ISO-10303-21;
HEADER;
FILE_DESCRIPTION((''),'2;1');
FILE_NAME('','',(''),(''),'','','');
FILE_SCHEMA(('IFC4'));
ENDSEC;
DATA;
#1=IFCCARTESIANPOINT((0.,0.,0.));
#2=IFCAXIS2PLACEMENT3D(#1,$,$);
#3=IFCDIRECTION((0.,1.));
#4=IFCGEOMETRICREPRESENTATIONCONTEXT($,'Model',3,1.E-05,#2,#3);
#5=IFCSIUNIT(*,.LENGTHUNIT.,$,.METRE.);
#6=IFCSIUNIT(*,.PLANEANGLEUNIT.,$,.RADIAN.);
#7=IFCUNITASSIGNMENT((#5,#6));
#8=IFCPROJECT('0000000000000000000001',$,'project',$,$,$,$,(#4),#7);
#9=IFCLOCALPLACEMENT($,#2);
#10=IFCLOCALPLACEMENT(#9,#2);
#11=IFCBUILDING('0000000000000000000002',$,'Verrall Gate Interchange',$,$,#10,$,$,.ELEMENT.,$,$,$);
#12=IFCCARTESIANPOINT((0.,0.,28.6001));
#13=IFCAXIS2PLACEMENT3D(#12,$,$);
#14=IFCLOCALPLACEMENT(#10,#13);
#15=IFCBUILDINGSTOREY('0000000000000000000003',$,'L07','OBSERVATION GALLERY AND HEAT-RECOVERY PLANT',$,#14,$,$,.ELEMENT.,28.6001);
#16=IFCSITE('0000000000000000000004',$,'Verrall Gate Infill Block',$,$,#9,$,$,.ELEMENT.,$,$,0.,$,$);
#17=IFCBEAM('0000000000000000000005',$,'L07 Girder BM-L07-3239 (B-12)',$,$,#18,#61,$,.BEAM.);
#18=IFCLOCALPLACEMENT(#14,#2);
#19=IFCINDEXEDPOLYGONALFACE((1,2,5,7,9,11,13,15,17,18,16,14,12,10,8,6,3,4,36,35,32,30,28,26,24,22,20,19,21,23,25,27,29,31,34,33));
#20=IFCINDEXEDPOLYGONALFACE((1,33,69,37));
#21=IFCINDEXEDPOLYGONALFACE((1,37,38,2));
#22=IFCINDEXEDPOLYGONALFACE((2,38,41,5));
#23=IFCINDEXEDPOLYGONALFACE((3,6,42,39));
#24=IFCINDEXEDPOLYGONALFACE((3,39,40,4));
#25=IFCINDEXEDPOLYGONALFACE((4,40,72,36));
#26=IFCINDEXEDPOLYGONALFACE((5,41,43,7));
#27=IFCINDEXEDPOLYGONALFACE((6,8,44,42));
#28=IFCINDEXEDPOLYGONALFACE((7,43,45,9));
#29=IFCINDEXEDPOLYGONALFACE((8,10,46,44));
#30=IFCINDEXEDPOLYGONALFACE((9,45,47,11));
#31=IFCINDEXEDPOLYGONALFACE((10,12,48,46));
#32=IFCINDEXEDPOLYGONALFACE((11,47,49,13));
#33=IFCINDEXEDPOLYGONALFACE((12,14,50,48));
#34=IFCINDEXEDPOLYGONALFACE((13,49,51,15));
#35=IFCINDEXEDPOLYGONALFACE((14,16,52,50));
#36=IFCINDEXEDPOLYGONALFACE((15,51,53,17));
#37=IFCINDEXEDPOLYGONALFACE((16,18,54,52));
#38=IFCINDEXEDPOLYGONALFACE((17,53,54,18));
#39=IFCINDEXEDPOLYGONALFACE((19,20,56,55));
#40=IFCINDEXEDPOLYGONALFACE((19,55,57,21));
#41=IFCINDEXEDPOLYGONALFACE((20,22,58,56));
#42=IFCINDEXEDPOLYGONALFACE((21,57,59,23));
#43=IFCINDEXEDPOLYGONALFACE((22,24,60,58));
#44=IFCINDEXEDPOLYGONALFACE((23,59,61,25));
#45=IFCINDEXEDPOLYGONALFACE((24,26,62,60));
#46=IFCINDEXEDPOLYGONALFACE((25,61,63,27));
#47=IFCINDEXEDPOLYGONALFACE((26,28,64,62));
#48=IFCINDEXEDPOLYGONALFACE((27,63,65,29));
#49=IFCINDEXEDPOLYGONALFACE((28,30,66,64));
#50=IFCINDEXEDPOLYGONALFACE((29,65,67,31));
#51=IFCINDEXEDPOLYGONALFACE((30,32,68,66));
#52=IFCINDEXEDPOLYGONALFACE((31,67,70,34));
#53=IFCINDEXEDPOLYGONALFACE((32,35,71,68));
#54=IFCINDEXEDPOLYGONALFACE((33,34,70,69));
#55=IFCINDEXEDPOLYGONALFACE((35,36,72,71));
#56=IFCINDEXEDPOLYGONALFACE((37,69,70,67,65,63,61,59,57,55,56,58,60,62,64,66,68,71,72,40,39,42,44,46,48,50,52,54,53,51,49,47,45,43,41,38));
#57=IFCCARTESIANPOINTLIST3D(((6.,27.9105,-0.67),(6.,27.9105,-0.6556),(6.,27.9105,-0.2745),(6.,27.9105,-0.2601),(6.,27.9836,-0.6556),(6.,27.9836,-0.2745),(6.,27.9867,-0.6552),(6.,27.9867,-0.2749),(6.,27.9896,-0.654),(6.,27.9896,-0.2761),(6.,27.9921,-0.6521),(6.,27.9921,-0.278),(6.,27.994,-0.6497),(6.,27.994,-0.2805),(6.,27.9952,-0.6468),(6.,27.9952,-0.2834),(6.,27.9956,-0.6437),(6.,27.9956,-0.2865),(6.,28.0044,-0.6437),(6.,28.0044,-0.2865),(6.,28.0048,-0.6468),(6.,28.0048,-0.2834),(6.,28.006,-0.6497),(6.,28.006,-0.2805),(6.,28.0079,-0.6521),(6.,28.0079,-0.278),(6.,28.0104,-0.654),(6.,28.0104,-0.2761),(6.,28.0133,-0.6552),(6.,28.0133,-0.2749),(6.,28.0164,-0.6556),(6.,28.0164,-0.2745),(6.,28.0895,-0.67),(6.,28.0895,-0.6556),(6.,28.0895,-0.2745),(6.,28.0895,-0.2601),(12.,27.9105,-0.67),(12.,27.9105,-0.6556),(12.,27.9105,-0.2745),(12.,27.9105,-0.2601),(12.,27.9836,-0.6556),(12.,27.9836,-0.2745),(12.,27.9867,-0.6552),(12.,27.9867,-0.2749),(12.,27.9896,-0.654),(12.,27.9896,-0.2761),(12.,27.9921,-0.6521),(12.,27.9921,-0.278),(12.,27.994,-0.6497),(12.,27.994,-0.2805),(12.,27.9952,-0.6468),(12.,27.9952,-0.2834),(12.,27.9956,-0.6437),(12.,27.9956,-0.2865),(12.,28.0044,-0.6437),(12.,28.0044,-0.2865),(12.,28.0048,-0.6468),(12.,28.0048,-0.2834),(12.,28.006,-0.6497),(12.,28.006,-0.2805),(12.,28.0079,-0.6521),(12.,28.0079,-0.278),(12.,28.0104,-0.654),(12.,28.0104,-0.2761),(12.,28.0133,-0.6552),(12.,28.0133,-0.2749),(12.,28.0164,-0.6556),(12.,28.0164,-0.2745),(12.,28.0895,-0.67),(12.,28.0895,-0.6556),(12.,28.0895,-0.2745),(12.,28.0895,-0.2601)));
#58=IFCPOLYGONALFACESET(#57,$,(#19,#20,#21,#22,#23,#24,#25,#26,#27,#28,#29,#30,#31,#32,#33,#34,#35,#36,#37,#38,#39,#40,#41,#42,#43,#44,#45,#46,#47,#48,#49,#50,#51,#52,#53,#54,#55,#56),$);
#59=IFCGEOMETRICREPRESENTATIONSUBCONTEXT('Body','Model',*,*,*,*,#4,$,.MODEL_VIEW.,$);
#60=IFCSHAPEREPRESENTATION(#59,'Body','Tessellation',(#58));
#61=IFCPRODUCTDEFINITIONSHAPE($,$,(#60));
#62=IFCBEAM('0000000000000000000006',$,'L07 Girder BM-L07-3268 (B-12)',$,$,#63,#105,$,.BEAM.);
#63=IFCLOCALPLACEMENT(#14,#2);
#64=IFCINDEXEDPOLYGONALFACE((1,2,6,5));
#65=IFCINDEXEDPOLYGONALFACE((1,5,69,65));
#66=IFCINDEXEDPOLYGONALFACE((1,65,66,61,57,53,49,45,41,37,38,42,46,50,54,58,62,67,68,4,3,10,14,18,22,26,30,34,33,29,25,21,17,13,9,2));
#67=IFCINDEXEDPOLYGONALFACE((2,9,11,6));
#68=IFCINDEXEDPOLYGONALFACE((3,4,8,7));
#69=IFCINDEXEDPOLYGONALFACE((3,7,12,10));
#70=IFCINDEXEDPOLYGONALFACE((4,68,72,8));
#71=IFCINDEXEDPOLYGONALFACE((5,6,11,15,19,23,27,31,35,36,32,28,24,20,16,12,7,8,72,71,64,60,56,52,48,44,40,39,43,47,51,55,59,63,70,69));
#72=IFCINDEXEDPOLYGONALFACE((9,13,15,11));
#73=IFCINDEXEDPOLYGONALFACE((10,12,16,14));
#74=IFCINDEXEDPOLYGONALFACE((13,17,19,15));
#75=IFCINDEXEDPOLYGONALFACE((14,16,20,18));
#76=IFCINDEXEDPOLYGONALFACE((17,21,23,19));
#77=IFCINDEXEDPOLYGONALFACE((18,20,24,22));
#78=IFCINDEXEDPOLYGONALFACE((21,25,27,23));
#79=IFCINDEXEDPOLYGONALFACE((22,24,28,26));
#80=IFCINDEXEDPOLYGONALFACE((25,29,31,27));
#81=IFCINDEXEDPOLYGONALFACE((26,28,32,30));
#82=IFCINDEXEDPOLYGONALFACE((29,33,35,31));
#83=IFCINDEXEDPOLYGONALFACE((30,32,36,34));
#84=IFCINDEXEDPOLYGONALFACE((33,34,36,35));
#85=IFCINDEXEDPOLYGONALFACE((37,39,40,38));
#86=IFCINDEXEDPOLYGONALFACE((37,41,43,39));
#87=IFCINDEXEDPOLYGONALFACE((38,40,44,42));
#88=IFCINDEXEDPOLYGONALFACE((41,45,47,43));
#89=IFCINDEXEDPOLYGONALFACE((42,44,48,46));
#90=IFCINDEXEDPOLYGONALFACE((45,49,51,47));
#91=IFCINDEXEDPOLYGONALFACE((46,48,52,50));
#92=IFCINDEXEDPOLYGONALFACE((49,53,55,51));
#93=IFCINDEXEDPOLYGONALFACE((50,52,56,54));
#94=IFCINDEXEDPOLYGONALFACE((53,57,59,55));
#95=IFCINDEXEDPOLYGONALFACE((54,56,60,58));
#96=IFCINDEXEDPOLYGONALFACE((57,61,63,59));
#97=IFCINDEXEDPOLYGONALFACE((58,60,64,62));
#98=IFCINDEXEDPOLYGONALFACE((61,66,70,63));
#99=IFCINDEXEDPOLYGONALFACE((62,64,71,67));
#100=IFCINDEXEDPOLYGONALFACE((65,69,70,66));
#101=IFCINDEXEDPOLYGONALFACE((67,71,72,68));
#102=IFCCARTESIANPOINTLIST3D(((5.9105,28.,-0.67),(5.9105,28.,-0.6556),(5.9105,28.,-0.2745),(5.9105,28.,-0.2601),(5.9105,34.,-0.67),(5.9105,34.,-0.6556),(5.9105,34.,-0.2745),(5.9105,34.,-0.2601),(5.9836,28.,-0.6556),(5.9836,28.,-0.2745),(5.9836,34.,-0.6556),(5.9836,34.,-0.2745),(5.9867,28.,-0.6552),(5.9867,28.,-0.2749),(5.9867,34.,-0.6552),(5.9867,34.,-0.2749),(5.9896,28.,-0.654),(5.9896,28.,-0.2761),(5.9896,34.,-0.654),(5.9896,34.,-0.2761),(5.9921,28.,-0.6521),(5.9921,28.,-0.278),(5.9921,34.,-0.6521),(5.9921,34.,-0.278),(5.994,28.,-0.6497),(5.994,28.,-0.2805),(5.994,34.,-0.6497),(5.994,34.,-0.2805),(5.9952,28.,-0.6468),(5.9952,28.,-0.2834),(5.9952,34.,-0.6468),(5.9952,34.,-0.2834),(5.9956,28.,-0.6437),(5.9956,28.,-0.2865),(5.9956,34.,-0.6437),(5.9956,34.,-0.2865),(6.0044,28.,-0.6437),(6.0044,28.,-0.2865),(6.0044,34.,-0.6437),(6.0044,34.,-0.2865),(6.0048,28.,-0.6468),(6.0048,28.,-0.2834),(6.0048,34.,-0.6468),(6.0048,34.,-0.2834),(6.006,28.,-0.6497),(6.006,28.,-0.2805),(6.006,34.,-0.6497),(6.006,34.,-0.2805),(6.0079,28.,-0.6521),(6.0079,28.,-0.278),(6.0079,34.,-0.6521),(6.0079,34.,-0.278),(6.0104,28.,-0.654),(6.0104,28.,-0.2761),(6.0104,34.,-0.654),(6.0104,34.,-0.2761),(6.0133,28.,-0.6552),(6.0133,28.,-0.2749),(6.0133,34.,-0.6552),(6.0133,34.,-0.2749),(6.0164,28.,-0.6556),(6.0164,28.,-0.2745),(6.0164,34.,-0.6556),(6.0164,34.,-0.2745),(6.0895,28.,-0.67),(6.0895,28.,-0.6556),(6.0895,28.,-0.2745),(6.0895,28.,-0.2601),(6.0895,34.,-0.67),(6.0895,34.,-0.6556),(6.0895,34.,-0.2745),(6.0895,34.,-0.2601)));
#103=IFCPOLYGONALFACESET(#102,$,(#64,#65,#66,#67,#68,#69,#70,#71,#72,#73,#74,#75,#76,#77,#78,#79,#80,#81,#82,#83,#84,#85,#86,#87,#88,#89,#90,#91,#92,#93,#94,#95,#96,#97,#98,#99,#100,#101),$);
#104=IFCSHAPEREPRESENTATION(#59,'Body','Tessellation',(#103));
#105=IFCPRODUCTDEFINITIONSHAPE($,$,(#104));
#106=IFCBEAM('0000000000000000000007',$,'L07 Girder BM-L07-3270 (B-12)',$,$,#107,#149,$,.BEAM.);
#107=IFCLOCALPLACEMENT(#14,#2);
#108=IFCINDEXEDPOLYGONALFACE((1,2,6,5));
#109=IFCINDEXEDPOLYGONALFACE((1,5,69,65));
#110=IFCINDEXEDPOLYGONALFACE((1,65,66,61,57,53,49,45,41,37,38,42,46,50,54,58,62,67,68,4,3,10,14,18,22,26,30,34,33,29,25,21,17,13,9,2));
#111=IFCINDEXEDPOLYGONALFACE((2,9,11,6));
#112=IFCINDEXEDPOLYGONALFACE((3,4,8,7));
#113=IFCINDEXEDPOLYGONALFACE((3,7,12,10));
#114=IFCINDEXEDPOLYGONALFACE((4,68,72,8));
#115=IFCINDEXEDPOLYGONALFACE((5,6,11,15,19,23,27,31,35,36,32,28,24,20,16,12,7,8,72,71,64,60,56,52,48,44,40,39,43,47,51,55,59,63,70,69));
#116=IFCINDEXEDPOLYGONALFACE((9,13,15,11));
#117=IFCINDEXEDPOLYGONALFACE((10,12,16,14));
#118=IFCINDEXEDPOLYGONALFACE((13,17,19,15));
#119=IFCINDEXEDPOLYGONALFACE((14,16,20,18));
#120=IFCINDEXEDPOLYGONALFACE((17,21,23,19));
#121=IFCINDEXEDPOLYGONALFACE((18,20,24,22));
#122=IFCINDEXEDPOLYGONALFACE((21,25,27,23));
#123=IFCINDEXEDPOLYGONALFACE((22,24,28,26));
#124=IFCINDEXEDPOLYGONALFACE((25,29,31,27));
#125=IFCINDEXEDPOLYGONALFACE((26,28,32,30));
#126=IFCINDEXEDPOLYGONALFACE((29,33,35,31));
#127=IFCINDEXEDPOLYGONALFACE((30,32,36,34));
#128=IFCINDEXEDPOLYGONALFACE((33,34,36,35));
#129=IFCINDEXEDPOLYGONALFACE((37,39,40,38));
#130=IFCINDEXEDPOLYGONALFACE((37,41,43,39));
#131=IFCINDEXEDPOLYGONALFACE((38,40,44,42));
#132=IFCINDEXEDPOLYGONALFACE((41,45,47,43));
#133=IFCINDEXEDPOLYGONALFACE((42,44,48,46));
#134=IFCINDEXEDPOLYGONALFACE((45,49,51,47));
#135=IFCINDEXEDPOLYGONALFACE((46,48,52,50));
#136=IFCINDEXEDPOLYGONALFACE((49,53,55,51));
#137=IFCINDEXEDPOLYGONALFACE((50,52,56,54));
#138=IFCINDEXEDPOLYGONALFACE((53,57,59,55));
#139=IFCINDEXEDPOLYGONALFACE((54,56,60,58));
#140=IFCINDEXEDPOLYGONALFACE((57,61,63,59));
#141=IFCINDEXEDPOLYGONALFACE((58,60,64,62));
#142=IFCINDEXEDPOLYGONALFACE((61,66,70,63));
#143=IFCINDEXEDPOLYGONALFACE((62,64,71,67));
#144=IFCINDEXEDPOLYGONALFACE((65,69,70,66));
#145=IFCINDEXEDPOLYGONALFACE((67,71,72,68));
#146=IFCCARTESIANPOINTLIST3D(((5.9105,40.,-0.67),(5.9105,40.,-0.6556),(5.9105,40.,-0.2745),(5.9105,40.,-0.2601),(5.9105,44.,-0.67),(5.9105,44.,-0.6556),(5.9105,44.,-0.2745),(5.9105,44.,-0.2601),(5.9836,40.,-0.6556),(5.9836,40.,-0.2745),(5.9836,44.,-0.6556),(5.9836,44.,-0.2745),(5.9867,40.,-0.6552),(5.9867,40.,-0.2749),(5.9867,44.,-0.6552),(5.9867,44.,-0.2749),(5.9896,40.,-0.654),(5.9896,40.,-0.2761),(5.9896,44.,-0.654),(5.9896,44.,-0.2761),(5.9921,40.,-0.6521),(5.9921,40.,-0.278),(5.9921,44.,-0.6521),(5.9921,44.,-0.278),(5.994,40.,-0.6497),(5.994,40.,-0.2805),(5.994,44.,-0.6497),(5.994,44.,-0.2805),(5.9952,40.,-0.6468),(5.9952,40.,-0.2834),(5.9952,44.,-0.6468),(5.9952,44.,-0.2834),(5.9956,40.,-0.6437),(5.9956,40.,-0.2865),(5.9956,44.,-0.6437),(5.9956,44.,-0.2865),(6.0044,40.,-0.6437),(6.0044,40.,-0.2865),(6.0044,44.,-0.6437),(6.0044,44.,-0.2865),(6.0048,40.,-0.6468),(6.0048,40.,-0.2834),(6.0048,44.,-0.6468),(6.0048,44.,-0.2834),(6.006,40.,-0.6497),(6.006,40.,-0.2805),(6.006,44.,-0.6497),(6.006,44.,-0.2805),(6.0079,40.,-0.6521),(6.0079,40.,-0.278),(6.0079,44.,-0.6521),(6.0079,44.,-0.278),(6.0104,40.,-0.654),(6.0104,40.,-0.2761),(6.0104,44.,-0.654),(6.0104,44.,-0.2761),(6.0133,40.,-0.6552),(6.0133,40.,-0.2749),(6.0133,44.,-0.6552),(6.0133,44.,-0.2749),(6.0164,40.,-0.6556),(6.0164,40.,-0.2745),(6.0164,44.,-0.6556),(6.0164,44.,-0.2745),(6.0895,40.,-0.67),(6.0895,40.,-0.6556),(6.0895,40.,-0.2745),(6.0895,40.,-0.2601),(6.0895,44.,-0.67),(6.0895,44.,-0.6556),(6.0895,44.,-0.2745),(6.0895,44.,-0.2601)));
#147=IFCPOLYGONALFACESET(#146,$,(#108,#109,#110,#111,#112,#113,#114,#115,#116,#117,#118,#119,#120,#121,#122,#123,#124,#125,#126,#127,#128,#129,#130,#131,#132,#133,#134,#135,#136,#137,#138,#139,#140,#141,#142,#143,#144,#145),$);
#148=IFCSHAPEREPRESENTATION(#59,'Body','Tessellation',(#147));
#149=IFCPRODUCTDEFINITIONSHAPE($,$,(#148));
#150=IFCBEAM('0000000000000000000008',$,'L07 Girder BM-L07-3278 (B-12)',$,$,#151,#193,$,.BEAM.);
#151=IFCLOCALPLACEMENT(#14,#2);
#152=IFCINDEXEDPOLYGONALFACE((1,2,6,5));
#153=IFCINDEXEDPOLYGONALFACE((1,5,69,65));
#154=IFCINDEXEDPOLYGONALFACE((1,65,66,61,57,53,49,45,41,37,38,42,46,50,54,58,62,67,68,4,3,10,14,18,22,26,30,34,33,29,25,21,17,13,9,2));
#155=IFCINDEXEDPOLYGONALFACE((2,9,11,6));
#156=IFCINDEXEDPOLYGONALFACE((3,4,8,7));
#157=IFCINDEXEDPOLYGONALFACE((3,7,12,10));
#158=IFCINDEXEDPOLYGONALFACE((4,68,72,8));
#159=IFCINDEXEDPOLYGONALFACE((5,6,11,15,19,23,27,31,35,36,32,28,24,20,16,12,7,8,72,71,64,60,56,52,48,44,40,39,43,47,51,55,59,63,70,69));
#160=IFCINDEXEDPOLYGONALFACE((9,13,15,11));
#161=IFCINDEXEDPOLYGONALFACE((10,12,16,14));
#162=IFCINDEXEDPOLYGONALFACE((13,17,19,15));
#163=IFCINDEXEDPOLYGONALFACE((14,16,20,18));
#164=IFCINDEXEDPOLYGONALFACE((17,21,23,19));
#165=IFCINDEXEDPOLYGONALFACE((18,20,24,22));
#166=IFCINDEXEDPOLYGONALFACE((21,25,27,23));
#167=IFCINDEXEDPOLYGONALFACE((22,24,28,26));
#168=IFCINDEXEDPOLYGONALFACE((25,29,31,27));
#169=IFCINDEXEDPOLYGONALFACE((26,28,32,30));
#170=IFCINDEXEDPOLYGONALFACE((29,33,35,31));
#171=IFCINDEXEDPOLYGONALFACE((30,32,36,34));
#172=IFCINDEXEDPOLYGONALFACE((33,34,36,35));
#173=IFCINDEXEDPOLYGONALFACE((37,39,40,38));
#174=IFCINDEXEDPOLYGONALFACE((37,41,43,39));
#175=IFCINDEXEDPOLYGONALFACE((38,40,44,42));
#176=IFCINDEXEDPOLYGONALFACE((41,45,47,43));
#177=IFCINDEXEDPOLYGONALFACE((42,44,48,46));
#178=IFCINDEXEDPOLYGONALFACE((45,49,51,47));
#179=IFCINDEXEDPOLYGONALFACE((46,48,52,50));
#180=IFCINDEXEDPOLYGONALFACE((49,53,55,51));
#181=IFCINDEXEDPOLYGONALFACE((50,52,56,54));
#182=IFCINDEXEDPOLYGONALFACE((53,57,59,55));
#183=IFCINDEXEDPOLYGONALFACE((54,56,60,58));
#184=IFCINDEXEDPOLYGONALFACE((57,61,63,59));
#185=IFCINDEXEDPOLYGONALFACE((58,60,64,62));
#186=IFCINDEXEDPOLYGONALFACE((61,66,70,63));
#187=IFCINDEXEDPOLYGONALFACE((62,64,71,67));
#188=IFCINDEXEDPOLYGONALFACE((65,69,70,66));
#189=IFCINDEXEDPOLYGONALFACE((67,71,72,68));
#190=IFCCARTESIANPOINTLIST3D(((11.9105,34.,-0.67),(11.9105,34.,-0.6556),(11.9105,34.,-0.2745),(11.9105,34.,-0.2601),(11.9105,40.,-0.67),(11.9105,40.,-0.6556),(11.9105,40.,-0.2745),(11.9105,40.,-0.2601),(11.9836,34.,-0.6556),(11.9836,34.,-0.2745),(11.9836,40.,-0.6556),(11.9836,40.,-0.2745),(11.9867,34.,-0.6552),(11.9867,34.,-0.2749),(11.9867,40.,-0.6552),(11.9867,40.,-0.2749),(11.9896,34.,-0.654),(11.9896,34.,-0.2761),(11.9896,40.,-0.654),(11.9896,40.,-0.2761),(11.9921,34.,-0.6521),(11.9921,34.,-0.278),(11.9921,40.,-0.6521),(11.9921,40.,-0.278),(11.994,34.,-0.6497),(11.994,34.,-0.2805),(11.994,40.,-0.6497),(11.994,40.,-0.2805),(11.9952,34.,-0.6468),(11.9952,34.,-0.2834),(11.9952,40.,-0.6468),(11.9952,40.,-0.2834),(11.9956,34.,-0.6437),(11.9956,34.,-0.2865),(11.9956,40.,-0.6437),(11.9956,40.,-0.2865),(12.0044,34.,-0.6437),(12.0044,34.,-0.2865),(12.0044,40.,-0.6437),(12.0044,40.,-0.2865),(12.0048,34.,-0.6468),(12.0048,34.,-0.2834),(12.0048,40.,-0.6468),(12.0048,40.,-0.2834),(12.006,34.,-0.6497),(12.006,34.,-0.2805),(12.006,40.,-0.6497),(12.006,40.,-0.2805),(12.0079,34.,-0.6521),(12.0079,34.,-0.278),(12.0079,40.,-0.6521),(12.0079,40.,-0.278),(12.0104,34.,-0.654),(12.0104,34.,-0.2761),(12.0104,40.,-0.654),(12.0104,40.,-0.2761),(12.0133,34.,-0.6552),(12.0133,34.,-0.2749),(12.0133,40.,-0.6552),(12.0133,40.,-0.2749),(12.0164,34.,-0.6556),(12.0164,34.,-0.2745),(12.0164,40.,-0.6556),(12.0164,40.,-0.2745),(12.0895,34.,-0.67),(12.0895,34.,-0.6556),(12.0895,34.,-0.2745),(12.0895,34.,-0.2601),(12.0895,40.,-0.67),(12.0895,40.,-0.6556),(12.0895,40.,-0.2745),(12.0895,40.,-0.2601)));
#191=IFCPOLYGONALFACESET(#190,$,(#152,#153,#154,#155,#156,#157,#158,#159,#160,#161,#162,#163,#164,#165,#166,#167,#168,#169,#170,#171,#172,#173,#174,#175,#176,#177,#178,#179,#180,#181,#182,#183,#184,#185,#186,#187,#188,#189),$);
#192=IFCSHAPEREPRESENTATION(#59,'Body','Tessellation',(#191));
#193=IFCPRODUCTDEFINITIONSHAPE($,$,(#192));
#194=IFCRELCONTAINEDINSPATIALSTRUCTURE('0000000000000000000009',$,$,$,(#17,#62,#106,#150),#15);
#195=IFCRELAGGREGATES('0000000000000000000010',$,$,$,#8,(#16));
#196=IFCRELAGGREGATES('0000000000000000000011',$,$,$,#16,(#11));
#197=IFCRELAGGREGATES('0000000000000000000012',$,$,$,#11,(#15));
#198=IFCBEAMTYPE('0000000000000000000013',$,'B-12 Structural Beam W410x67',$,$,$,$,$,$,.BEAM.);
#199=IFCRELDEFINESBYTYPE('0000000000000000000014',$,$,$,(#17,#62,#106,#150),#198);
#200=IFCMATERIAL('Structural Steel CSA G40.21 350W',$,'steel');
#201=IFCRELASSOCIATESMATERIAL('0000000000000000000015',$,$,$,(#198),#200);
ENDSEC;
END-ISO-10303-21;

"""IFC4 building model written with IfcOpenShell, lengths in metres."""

from ifc_helpers import new_model, si_unit, direction, frame, origin, origin_2d, place, context, subcontext, project, spatial, i_section, extrude, material, material_profile, profile_set, type_object, element, save


model = new_model("IFC4")

# Units and contexts
model_context = context("Model", 3, precision=1e-05, world=origin(), true_north=direction((0.0, 1.0)))
body_context = subcontext(model_context, "Body", "Model", "MODEL_VIEW")
ifc_project = project(units=[si_unit("LENGTHUNIT", "METRE"), si_unit("PLANEANGLEUNIT", "RADIAN")], contexts=[model_context])

# Site, building, storey
site_placement = place(None, origin())
site = spatial("IfcSite", under=ifc_project, at=site_placement, Name="Verrall Gate Infill Block", CompositionType="ELEMENT", RefElevation=0.0)
building_placement = place(site_placement, origin())
building = spatial("IfcBuilding", under=site, at=building_placement, Name="Verrall Gate Interchange", CompositionType="ELEMENT")
storey_placement = place(building_placement, frame((0.0, 0.0, 28.6001)))
storey = spatial("IfcBuildingStorey", under=building, at=storey_placement, Name="L07", Description="OBSERVATION GALLERY AND HEAT-RECOVERY PLANT", CompositionType="ELEMENT", Elevation=28.6001)

# Beams
ifc_material_1 = material(Name="Structural Steel CSA G40.21 350W", Category="steel")
ifc_material_profile_1 = material_profile(ifc_material_1, i_section(OverallWidth=0.179, OverallDepth=0.4099, WebThickness=0.0088, FlangeThickness=0.0144, FilletRadius=0.012, at=origin_2d()), Name="W410x67")
ifc_profile_set_1 = profile_set([ifc_material_profile_1], Name="Structural Steel CSA G40.21 350W")
beam_type_1 = type_object("IfcBeamType", Name="B-12 Structural Beam W410x67", PredefinedType="BEAM", material=ifc_profile_set_1)
for number, where, z_axis, x_axis, name in (
    (1, (6.0, 28.0, -0.4651), (1.0, 0.0, 0.0), (0.0, 1.0, 0.0), "L07 Girder BM-L07-3239 (B-12)"),
    (2, (6.0, 28.0, -0.4651), (0.0, 1.0, 0.0), (-1.0, 0.0, 0.0), "L07 Girder BM-L07-3268 (B-12)"),
):
    element("IfcBeam", number, at=place(storey_placement, frame(where, z_axis=z_axis, x_axis=x_axis)), inside=storey, type_object=beam_type_1, Name=name, PredefinedType="BEAM", context=body_context, shape_type="SweptSolid", body=[
        extrude(i_section(OverallWidth=0.179, OverallDepth=0.4099, WebThickness=0.0088, FlangeThickness=0.0144, FilletRadius=0.012, at=origin_2d()), origin(), (0.0, 0.0, 1.0), 6.0),
    ])
beam_1_placement = place(storey_placement, frame((6.0, 40.0, -0.4651), z_axis=(0.0, 1.0, 0.0), x_axis=(-1.0, 0.0, 0.0)))
element("IfcBeam", 3, at=beam_1_placement, inside=storey, type_object=beam_type_1, Name="L07 Girder BM-L07-3270 (B-12)", PredefinedType="BEAM", context=body_context, shape_type="SweptSolid", body=[
    extrude(i_section(OverallWidth=0.179, OverallDepth=0.4099, WebThickness=0.0088, FlangeThickness=0.0144, FilletRadius=0.012, at=origin_2d()), origin(), (0.0, 0.0, 1.0), 4.0),
])
beam_2_placement = place(storey_placement, frame((12.0, 34.0, -0.4651), z_axis=(0.0, 1.0, 0.0), x_axis=(-1.0, 0.0, 0.0)))
element("IfcBeam", 4, at=beam_2_placement, inside=storey, type_object=beam_type_1, Name="L07 Girder BM-L07-3278 (B-12)", PredefinedType="BEAM", context=body_context, shape_type="SweptSolid", body=[
    extrude(i_section(OverallWidth=0.179, OverallDepth=0.4099, WebThickness=0.0088, FlangeThickness=0.0144, FilletRadius=0.012, at=origin_2d()), origin(), (0.0, 0.0, 1.0), 6.0),
])

save(model, "model.ifc")
